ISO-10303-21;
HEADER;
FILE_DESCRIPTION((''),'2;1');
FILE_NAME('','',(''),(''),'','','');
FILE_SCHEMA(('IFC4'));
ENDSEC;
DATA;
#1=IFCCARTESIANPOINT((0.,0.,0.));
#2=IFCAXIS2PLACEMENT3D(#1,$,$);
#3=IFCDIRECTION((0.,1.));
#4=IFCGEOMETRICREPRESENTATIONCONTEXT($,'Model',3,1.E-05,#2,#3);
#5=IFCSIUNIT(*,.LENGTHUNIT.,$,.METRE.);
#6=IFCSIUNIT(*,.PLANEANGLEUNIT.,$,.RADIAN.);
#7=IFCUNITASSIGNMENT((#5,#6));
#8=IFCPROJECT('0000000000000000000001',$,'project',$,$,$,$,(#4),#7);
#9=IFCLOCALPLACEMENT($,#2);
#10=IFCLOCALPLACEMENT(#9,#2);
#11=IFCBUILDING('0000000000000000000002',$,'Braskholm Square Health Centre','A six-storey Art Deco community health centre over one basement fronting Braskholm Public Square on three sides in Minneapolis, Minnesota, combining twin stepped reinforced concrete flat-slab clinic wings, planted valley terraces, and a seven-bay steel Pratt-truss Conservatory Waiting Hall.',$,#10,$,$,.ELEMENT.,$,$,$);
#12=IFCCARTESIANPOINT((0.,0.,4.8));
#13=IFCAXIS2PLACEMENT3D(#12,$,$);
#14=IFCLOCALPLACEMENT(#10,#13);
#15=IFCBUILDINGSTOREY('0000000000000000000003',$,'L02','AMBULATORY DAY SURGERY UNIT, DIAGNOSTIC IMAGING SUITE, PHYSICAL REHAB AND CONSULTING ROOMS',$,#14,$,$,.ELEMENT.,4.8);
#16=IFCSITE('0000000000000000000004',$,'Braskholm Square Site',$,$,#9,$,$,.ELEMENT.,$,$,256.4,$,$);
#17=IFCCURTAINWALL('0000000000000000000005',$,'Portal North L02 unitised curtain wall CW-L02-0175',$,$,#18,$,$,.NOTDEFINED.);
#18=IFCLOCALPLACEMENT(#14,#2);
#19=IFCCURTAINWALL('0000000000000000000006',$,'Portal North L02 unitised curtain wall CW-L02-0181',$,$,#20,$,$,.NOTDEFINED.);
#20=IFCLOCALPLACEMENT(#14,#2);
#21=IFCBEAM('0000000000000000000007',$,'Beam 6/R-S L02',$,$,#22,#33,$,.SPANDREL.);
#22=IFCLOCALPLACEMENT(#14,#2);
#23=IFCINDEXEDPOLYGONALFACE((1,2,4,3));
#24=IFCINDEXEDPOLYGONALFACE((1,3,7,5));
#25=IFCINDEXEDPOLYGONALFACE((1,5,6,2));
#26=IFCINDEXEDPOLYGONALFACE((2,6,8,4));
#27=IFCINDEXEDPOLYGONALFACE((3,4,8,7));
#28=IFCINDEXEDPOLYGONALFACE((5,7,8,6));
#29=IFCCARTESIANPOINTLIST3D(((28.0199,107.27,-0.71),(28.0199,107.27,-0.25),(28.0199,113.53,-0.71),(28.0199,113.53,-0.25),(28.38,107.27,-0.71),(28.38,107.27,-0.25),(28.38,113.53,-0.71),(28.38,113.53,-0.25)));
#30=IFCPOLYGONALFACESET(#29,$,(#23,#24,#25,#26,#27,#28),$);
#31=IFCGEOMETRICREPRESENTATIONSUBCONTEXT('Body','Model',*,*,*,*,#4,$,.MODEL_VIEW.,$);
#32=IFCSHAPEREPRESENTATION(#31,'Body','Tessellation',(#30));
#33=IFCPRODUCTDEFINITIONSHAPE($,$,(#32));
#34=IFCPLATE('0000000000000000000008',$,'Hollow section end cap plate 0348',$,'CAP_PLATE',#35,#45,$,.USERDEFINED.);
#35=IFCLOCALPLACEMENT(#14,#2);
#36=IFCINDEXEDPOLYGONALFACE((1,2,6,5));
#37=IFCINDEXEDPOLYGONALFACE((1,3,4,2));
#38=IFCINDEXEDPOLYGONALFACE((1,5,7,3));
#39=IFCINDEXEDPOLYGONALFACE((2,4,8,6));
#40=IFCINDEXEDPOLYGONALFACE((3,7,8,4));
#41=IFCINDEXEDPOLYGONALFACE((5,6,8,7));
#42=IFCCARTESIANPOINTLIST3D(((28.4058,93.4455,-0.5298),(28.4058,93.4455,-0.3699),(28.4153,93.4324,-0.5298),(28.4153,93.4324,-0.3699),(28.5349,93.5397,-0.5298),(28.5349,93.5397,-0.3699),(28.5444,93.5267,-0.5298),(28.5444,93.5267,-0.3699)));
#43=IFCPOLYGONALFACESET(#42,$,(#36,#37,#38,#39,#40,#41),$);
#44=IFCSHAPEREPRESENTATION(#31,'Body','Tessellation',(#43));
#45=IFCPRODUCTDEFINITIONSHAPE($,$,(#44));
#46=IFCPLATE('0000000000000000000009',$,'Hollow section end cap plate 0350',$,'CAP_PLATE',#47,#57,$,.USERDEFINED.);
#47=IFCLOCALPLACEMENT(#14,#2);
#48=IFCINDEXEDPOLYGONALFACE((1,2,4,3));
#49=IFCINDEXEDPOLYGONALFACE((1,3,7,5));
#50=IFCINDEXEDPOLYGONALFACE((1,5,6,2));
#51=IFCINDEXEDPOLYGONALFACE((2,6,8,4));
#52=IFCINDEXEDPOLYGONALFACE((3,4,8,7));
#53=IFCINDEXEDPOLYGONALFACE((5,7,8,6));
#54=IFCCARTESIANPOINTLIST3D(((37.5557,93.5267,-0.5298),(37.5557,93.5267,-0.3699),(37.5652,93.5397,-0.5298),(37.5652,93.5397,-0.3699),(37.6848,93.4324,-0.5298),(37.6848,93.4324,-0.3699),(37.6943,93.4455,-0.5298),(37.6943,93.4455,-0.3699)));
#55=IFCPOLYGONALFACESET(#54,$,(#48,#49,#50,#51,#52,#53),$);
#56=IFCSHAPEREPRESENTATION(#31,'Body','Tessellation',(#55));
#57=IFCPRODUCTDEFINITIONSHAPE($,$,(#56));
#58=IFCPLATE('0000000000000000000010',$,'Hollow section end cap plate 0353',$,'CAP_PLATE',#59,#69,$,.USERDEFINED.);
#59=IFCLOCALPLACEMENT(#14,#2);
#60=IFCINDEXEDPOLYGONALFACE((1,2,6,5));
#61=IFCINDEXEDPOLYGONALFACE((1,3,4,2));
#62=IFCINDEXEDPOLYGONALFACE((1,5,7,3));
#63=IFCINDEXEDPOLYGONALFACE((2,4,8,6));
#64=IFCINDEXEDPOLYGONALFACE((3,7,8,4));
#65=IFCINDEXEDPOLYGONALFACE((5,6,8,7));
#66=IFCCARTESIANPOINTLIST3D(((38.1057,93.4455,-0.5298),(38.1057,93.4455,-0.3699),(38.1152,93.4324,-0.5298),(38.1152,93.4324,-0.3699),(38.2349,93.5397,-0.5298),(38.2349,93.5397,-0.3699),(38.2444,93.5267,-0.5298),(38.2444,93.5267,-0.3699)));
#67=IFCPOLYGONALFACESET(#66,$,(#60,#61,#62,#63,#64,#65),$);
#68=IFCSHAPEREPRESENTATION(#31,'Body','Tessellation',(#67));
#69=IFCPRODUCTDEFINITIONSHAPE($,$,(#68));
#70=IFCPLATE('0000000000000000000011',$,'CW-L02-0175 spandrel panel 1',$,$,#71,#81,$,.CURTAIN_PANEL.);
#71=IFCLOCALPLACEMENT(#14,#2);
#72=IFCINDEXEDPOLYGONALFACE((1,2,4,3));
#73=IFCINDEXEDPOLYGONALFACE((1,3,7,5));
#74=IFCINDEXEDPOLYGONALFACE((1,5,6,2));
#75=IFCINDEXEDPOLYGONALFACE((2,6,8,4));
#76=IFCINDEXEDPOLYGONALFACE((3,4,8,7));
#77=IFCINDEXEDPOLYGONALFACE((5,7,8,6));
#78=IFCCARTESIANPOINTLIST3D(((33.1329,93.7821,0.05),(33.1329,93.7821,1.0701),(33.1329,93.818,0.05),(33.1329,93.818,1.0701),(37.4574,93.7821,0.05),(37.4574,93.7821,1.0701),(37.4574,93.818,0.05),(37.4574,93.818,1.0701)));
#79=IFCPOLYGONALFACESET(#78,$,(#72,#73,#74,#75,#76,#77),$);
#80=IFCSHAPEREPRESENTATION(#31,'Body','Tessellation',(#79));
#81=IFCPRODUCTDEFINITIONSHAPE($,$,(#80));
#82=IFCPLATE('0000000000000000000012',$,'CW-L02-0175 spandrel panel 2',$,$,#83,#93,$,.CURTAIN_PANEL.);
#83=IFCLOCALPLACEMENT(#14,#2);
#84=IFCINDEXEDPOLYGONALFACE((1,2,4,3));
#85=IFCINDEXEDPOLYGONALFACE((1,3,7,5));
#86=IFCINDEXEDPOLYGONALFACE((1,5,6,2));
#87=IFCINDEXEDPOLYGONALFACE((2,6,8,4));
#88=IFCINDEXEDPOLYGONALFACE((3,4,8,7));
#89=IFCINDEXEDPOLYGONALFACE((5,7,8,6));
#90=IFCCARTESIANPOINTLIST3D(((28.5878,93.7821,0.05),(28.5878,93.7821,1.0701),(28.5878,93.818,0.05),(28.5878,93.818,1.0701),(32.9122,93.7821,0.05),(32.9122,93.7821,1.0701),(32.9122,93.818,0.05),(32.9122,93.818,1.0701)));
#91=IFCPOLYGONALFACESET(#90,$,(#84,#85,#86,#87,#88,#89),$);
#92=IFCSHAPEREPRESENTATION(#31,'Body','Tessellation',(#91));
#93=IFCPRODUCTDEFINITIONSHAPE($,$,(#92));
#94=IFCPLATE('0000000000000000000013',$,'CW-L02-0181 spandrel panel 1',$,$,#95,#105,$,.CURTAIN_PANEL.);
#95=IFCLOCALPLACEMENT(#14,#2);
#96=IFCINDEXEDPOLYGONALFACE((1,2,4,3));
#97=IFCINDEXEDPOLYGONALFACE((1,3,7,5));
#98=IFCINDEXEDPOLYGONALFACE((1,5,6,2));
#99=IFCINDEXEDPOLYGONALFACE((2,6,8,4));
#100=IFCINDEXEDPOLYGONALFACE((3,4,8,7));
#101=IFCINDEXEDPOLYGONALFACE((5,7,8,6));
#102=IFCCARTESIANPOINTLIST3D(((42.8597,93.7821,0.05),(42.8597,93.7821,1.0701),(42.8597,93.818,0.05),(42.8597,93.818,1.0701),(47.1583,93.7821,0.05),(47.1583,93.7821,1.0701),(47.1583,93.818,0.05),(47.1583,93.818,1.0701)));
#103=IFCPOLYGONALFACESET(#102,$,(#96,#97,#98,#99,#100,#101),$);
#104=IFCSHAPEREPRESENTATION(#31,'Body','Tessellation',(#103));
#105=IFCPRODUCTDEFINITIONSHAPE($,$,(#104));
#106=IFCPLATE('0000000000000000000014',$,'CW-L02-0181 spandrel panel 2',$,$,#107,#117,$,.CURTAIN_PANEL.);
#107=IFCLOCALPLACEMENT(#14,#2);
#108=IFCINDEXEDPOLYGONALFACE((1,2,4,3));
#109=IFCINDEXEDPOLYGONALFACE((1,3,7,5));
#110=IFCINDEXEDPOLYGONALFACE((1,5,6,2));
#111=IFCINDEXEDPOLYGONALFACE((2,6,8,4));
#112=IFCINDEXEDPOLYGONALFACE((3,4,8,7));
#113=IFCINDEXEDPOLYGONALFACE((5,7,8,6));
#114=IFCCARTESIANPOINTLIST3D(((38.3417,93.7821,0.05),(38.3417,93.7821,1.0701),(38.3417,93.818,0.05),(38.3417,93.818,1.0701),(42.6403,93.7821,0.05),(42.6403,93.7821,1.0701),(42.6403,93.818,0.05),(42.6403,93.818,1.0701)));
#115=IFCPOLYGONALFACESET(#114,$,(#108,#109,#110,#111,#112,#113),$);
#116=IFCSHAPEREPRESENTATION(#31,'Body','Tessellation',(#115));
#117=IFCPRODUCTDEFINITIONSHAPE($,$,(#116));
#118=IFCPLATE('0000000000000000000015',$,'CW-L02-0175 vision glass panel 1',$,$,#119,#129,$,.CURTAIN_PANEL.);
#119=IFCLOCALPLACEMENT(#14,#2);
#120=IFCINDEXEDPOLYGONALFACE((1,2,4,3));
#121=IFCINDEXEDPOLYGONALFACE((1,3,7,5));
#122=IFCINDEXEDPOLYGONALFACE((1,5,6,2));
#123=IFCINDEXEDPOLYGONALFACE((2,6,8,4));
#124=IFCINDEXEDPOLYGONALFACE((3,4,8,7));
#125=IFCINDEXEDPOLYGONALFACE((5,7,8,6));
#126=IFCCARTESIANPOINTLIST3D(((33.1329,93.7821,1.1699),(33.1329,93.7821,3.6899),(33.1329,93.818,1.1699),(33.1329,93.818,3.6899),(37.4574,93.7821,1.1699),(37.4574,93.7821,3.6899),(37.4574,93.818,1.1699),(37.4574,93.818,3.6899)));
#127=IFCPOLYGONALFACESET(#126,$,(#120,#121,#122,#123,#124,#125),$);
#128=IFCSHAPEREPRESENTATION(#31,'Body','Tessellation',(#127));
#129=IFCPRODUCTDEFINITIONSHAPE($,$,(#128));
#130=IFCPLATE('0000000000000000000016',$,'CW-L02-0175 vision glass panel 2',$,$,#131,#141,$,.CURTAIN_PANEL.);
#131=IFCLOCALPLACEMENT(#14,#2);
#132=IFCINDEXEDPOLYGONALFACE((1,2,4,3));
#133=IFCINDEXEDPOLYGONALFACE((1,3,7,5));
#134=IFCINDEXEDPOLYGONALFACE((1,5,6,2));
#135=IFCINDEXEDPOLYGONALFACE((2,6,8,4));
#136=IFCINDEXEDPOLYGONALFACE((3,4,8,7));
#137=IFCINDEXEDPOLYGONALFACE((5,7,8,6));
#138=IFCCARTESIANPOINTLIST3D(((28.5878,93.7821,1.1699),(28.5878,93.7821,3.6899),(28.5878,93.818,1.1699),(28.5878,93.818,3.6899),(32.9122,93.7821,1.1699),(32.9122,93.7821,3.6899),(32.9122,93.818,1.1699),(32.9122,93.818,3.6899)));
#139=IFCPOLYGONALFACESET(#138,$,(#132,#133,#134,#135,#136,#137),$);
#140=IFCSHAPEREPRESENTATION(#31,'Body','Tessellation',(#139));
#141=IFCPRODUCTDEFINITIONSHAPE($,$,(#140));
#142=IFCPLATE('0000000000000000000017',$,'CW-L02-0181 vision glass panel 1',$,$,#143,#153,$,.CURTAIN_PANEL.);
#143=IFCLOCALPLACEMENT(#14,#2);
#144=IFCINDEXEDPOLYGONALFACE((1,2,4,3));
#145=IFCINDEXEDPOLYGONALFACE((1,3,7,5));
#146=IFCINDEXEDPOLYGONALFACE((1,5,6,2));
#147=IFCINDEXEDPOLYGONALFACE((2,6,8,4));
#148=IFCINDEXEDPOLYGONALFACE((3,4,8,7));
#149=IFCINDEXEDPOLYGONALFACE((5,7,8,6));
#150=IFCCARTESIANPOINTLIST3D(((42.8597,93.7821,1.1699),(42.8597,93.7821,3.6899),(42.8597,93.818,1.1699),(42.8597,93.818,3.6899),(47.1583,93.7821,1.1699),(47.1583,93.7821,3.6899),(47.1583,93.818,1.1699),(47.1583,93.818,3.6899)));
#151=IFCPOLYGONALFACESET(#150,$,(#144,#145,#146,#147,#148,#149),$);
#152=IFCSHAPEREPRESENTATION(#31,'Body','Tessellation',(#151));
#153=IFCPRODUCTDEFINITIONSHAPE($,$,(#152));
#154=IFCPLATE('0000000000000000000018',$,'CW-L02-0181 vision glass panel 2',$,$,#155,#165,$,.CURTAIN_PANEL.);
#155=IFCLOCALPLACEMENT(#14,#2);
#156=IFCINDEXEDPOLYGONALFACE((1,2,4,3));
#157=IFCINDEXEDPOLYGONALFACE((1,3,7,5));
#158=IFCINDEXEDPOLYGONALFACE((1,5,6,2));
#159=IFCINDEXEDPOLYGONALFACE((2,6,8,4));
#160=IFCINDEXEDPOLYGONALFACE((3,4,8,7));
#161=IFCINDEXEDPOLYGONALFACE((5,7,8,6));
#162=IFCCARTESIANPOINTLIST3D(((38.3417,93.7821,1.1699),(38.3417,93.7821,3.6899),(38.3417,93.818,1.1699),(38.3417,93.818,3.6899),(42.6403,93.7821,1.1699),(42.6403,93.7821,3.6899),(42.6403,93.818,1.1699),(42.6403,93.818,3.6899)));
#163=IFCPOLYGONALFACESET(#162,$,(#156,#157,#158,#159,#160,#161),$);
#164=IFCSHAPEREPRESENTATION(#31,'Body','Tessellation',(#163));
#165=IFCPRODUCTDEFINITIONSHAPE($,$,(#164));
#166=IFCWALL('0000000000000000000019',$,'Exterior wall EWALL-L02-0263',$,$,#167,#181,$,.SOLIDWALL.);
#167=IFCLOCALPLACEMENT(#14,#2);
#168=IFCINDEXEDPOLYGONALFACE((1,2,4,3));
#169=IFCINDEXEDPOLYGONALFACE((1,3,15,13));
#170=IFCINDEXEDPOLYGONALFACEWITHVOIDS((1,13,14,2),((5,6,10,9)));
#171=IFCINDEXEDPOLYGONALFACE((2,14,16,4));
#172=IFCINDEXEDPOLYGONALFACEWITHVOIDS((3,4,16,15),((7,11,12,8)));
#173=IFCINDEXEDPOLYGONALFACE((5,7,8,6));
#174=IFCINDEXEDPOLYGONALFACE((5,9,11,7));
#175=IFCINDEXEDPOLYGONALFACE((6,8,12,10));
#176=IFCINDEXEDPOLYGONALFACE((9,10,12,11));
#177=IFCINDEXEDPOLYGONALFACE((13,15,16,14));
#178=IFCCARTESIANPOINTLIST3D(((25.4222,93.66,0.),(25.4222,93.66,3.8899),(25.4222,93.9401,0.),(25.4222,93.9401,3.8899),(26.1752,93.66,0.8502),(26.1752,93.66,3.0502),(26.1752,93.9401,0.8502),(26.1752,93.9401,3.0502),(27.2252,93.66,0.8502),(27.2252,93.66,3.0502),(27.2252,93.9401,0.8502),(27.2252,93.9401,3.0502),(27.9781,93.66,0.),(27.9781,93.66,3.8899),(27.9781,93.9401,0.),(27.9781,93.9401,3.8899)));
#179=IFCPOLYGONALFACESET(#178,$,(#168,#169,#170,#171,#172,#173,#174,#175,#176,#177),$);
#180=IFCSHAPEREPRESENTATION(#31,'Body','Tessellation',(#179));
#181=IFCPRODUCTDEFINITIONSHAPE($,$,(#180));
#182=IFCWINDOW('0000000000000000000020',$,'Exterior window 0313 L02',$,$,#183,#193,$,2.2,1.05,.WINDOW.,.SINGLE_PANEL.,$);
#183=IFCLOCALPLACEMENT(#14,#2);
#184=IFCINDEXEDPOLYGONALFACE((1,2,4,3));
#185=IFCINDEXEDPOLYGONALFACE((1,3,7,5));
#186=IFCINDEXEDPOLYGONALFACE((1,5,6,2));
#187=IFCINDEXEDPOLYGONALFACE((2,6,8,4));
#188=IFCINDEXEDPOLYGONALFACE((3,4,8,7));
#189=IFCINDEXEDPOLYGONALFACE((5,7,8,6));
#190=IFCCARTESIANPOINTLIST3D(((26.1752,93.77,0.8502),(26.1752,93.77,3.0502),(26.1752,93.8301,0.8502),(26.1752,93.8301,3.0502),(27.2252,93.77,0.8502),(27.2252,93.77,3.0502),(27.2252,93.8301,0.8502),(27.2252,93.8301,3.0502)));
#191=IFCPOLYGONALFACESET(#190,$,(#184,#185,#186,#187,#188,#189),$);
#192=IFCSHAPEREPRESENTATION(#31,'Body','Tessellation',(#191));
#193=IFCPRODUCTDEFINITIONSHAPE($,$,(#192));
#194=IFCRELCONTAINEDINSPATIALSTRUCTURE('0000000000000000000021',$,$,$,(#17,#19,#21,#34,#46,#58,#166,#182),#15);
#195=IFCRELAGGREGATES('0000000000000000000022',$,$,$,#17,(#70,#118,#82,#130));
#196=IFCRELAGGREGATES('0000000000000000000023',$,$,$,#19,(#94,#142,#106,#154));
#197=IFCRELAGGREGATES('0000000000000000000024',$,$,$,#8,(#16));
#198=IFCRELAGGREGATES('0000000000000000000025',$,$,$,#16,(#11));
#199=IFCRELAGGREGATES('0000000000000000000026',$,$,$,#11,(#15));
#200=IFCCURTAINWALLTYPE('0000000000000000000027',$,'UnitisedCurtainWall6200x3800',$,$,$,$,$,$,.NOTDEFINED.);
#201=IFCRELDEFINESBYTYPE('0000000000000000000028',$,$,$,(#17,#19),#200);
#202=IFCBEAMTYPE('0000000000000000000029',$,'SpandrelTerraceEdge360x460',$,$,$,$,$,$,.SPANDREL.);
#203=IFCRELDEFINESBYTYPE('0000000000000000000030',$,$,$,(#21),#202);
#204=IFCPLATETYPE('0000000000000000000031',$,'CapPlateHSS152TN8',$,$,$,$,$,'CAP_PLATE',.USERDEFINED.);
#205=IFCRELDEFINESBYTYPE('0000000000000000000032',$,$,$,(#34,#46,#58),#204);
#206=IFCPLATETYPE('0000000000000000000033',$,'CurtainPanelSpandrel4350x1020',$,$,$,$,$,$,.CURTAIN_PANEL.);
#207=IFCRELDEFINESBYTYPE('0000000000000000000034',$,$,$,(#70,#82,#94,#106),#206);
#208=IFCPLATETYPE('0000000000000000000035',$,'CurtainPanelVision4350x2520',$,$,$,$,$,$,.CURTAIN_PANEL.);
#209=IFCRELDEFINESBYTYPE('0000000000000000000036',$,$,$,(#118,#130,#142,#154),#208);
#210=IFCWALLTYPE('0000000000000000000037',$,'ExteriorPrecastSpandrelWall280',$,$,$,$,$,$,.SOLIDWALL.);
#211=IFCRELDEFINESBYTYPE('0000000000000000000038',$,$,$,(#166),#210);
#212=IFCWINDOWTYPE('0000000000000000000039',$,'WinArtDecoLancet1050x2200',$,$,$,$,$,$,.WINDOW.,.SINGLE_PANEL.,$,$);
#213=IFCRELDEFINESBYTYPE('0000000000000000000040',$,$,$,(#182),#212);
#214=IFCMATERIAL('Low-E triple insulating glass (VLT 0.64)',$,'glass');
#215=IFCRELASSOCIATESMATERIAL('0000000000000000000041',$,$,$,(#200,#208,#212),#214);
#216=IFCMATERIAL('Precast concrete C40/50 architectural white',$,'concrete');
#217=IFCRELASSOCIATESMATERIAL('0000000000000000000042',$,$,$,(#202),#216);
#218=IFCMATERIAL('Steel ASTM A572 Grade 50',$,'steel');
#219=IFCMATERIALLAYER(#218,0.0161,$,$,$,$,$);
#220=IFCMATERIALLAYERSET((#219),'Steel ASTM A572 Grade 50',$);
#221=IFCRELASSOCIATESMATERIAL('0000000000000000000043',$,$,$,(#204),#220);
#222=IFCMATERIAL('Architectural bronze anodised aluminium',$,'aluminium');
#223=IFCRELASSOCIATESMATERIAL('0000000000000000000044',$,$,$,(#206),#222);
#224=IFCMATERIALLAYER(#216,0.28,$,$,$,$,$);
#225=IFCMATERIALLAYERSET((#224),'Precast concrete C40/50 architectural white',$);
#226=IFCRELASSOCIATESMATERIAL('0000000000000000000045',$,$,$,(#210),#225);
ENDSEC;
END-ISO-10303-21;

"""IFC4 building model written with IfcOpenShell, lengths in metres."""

from ifc_helpers import new_model, si_unit, direction, frame, frame_2d, origin, origin_with_axes, origin_2d, place, context, subcontext, project, spatial, rectangle, extrude, material, layer, layer_set, material_profile, profile_set, type_object, element, fill, aggregate, save


model = new_model("IFC4")

# Units and contexts
model_context = context("Model", 3, precision=1e-05, world=origin(), true_north=direction((0.0, 1.0)))
body_context = subcontext(model_context, "Body", "Model", "MODEL_VIEW")
ifc_project = project(units=[si_unit("LENGTHUNIT", "METRE"), si_unit("PLANEANGLEUNIT", "RADIAN")], contexts=[model_context])

# Site, building, storey
site_placement = place(None, origin())
site = spatial("IfcSite", under=ifc_project, at=site_placement, Name="Braskholm Square Site", CompositionType="ELEMENT", RefElevation=256.4)
building_placement = place(site_placement, origin())
building = spatial("IfcBuilding", under=site, at=building_placement, Name="Braskholm Square Health Centre", Description="A six-storey Art Deco community health centre over one basement fronting Braskholm Public Square on three sides in Minneapolis, Minnesota, combining twin stepped reinforced concrete flat-slab clinic wings, planted valley terraces, and a seven-bay steel Pratt-truss Conservatory Waiting Hall.", CompositionType="ELEMENT")
storey_placement = place(building_placement, frame((0.0, 0.0, 4.8)))
storey = spatial("IfcBuildingStorey", under=building, at=storey_placement, Name="L02", Description="AMBULATORY DAY SURGERY UNIT, DIAGNOSTIC IMAGING SUITE, PHYSICAL REHAB AND CONSULTING ROOMS", CompositionType="ELEMENT", Elevation=4.8)

# Shared definitions
ifc_material_1 = material(Name="Precast concrete C40/50 architectural white", Category="concrete")

# Curtain walls
ifc_material_2 = material(Name="Low-E triple insulating glass (VLT 0.64)", Category="glass")
curtain_wall_type = type_object("IfcCurtainWallType", Name="UnitisedCurtainWall6200x3800", PredefinedType="NOTDEFINED", material=ifc_material_2)
curtain_wall_1_placement = place(storey_placement, origin())
curtain_wall_1 = element("IfcCurtainWall", 1, at=curtain_wall_1_placement, inside=storey, type_object=curtain_wall_type, Name="Portal North L02 unitised curtain wall CW-L02-0175", PredefinedType="NOTDEFINED")
ifc_material_3 = material(Name="Architectural bronze anodised aluminium", Category="aluminium")
curtain_wall_2_placement = place(storey_placement, origin())
curtain_wall_2 = element("IfcCurtainWall", 2, at=curtain_wall_2_placement, inside=storey, type_object=curtain_wall_type, Name="Portal North L02 unitised curtain wall CW-L02-0181", PredefinedType="NOTDEFINED")

# Beam
ifc_material_profile_1 = material_profile(ifc_material_1, rectangle(XDim=0.3601, YDim=0.46, at=origin_2d()), Name="RCB-360X460")
ifc_profile_set_1 = profile_set([ifc_material_profile_1], Name="Precast concrete C40/50 architectural white")
beam_type_1 = type_object("IfcBeamType", Name="SpandrelTerraceEdge360x460", PredefinedType="SPANDREL", material=ifc_profile_set_1)
beam_1_placement = place(storey_placement, frame((28.2, 107.27, -0.48), z_axis=(0.0, 1.0, 0.0), x_axis=(-1.0, 0.0, 0.0)))
element("IfcBeam", 3, at=beam_1_placement, inside=storey, type_object=beam_type_1, Name="Beam 6/R-S L02", PredefinedType="SPANDREL", context=body_context, shape_type="SweptSolid", body=[
    extrude(rectangle(XDim=0.3601, YDim=0.46, at=origin_2d()), origin(), (0.0, 0.0, 1.0), 6.26),
])

# Plates
ifc_material_4 = material(Name="Steel ASTM A572 Grade 50", Category="steel")
ifc_layer_1 = layer(ifc_material_4, 0.0161)
ifc_layer_set_1 = layer_set([ifc_layer_1], Name="Steel ASTM A572 Grade 50")
plate_type_1 = type_object("IfcPlateType", Name="CapPlateHSS152TN8", ElementType="CAP_PLATE", PredefinedType="USERDEFINED", material=ifc_layer_set_1)
for number, where, z_axis, x_axis, name in (
    (4, (28.4751, 93.4861, -0.5298), (0.0, 0.0, 1.0), (0.589535, -0.807743, 0.0), "Hollow section end cap plate 0348"),
    (5, (37.625, 93.4861, -0.5298), (0.0, 0.0, 1.0), (-0.589535, -0.807743, 0.0), "Hollow section end cap plate 0350"),
    (6, (38.175, 93.4861, -0.5298), (0.0, 0.0, 1.0), (0.589535, -0.807743, 0.0), "Hollow section end cap plate 0353"),
):
    element("IfcPlate", number, at=place(storey_placement, frame(where, z_axis=z_axis, x_axis=x_axis)), inside=storey, type_object=plate_type_1, Name=name, ObjectType="CAP_PLATE", PredefinedType="USERDEFINED", context=body_context, shape_type="SweptSolid", body=[
        extrude(rectangle(XDim=0.0161, YDim=0.1599, at=origin_2d()), origin(), (0.0, 0.0, 1.0), 0.1599),
    ])

# Plates
plate_type_2 = type_object("IfcPlateType", Name="CurtainPanelSpandrel4350x1020", PredefinedType="CURTAIN_PANEL", material=ifc_material_3)
plate_1_placement = place(storey_placement, frame((35.2952, 93.8, 0.05), z_axis=(0.0, 0.0, 1.0), x_axis=(-1.0, 0.0, 0.0)))
plate_1 = element("IfcPlate", 7, at=plate_1_placement, type_object=plate_type_2, Name="CW-L02-0175 spandrel panel 1", PredefinedType="CURTAIN_PANEL", context=body_context, shape_type="SweptSolid", body=[
    extrude(rectangle(XDim=4.3245, YDim=0.0359, at=origin_2d()), origin(), (0.0, 0.0, 1.0), 1.02),
])
plate_2_placement = place(storey_placement, frame((30.75, 93.8, 0.05), z_axis=(0.0, 0.0, 1.0), x_axis=(-1.0, 0.0, 0.0)))
plate_2 = element("IfcPlate", 8, at=plate_2_placement, type_object=plate_type_2, Name="CW-L02-0175 spandrel panel 2", PredefinedType="CURTAIN_PANEL", context=body_context, shape_type="SweptSolid", body=[
    extrude(rectangle(XDim=4.3245, YDim=0.0359, at=origin_2d()), origin(), (0.0, 0.0, 1.0), 1.02),
])
plate_3_placement = place(storey_placement, frame((45.009, 93.8, 0.05), z_axis=(0.0, 0.0, 1.0), x_axis=(-1.0, 0.0, 0.0)))
plate_3 = element("IfcPlate", 9, at=plate_3_placement, type_object=plate_type_2, Name="CW-L02-0181 spandrel panel 1", PredefinedType="CURTAIN_PANEL", context=body_context, shape_type="SweptSolid", body=[
    extrude(rectangle(XDim=4.2986, YDim=0.0359, at=origin_2d()), origin(), (0.0, 0.0, 1.0), 1.02),
])
plate_4_placement = place(storey_placement, frame((40.491, 93.8, 0.05), z_axis=(0.0, 0.0, 1.0), x_axis=(-1.0, 0.0, 0.0)))
plate_4 = element("IfcPlate", 10, at=plate_4_placement, type_object=plate_type_2, Name="CW-L02-0181 spandrel panel 2", PredefinedType="CURTAIN_PANEL", context=body_context, shape_type="SweptSolid", body=[
    extrude(rectangle(XDim=4.2986, YDim=0.0359, at=origin_2d()), origin(), (0.0, 0.0, 1.0), 1.02),
])
plate_type_3 = type_object("IfcPlateType", Name="CurtainPanelVision4350x2520", PredefinedType="CURTAIN_PANEL", material=ifc_material_2)
plate_5_placement = place(storey_placement, frame((35.2952, 93.8, 1.1699), z_axis=(0.0, 0.0, 1.0), x_axis=(-1.0, 0.0, 0.0)))
plate_5 = element("IfcPlate", 11, at=plate_5_placement, type_object=plate_type_3, Name="CW-L02-0175 vision glass panel 1", PredefinedType="CURTAIN_PANEL", context=body_context, shape_type="SweptSolid", body=[
    extrude(rectangle(XDim=4.3245, YDim=0.0359, at=origin_2d()), origin(), (0.0, 0.0, 1.0), 2.52),
])
plate_6_placement = place(storey_placement, frame((30.75, 93.8, 1.1699), z_axis=(0.0, 0.0, 1.0), x_axis=(-1.0, 0.0, 0.0)))
plate_6 = element("IfcPlate", 12, at=plate_6_placement, type_object=plate_type_3, Name="CW-L02-0175 vision glass panel 2", PredefinedType="CURTAIN_PANEL", context=body_context, shape_type="SweptSolid", body=[
    extrude(rectangle(XDim=4.3245, YDim=0.0359, at=origin_2d()), origin(), (0.0, 0.0, 1.0), 2.52),
])
aggregate(curtain_wall_1, [plate_1, plate_5, plate_2, plate_6])
plate_7_placement = place(storey_placement, frame((45.009, 93.8, 1.1699), z_axis=(0.0, 0.0, 1.0), x_axis=(-1.0, 0.0, 0.0)))
plate_7 = element("IfcPlate", 13, at=plate_7_placement, type_object=plate_type_3, Name="CW-L02-0181 vision glass panel 1", PredefinedType="CURTAIN_PANEL", context=body_context, shape_type="SweptSolid", body=[
    extrude(rectangle(XDim=4.2986, YDim=0.0359, at=origin_2d()), origin(), (0.0, 0.0, 1.0), 2.52),
])
plate_8_placement = place(storey_placement, frame((40.491, 93.8, 1.1699), z_axis=(0.0, 0.0, 1.0), x_axis=(-1.0, 0.0, 0.0)))
plate_8 = element("IfcPlate", 14, at=plate_8_placement, type_object=plate_type_3, Name="CW-L02-0181 vision glass panel 2", PredefinedType="CURTAIN_PANEL", context=body_context, shape_type="SweptSolid", body=[
    extrude(rectangle(XDim=4.2986, YDim=0.0359, at=origin_2d()), origin(), (0.0, 0.0, 1.0), 2.52),
])
aggregate(curtain_wall_2, [plate_3, plate_7, plate_4, plate_8])

# Wall, opening, window
ifc_layer_2 = layer(ifc_material_1, 0.28)
ifc_layer_set_2 = layer_set([ifc_layer_2], Name="Precast concrete C40/50 architectural white")
wall_type = type_object("IfcWallType", Name="ExteriorPrecastSpandrelWall280", PredefinedType="SOLIDWALL", material=ifc_layer_set_2)
wall_placement = place(storey_placement, frame((27.978, 93.8, 0.0), z_axis=(0.0, 0.0, 1.0), x_axis=(-1.0, 0.0, 0.0)))
wall = element("IfcWall", 15, at=wall_placement, inside=storey, type_object=wall_type, Name="Exterior wall EWALL-L02-0263", PredefinedType="SOLIDWALL", context=body_context, shape_type="SweptSolid", body=[
    extrude(rectangle(XDim=2.5559, YDim=0.28, at=frame_2d((1.2778, 0.0))), origin(), (0.0, 0.0, 1.0), 3.8899),
])
opening_placement = place(wall_placement, frame((0.7529, 0.0, 0.8501)))
opening = element("IfcOpeningElement", 16, at=opening_placement, cuts=wall, PredefinedType="OPENING", context=body_context, shape_type="SweptSolid", body=[
    extrude(rectangle(XDim=1.05, YDim=2.2, at=frame_2d((0.5249, 1.1001))), frame((0.0, 0.1499, 0.0), z_axis=(0.0, -1.0, 0.0), x_axis=(1.0, 0.0, 0.0)), (0.0, 0.0, 1.0), 0.3),
])
window_type = type_object("IfcWindowType", Name="WinArtDecoLancet1050x2200", PartitioningType="SINGLE_PANEL", PredefinedType="WINDOW", material=ifc_material_2)
window_placement = place(opening_placement, origin_with_axes())
window = element("IfcWindow", 17, at=window_placement, inside=storey, type_object=window_type, Name="Exterior window 0313 L02", OverallHeight=2.2, OverallWidth=1.05, PartitioningType="SINGLE_PANEL", PredefinedType="WINDOW", context=body_context, shape_type="SweptSolid", body=[
    extrude(rectangle(XDim=1.05, YDim=2.2, at=frame_2d((0.5249, 1.1001))), frame((0.0, 0.03, 0.0), z_axis=(0.0, -1.0, 0.0), x_axis=(1.0, 0.0, 0.0)), (0.0, 0.0, 1.0), 0.0601),
])
fill(opening, window)

save(model, "model.ifc")
